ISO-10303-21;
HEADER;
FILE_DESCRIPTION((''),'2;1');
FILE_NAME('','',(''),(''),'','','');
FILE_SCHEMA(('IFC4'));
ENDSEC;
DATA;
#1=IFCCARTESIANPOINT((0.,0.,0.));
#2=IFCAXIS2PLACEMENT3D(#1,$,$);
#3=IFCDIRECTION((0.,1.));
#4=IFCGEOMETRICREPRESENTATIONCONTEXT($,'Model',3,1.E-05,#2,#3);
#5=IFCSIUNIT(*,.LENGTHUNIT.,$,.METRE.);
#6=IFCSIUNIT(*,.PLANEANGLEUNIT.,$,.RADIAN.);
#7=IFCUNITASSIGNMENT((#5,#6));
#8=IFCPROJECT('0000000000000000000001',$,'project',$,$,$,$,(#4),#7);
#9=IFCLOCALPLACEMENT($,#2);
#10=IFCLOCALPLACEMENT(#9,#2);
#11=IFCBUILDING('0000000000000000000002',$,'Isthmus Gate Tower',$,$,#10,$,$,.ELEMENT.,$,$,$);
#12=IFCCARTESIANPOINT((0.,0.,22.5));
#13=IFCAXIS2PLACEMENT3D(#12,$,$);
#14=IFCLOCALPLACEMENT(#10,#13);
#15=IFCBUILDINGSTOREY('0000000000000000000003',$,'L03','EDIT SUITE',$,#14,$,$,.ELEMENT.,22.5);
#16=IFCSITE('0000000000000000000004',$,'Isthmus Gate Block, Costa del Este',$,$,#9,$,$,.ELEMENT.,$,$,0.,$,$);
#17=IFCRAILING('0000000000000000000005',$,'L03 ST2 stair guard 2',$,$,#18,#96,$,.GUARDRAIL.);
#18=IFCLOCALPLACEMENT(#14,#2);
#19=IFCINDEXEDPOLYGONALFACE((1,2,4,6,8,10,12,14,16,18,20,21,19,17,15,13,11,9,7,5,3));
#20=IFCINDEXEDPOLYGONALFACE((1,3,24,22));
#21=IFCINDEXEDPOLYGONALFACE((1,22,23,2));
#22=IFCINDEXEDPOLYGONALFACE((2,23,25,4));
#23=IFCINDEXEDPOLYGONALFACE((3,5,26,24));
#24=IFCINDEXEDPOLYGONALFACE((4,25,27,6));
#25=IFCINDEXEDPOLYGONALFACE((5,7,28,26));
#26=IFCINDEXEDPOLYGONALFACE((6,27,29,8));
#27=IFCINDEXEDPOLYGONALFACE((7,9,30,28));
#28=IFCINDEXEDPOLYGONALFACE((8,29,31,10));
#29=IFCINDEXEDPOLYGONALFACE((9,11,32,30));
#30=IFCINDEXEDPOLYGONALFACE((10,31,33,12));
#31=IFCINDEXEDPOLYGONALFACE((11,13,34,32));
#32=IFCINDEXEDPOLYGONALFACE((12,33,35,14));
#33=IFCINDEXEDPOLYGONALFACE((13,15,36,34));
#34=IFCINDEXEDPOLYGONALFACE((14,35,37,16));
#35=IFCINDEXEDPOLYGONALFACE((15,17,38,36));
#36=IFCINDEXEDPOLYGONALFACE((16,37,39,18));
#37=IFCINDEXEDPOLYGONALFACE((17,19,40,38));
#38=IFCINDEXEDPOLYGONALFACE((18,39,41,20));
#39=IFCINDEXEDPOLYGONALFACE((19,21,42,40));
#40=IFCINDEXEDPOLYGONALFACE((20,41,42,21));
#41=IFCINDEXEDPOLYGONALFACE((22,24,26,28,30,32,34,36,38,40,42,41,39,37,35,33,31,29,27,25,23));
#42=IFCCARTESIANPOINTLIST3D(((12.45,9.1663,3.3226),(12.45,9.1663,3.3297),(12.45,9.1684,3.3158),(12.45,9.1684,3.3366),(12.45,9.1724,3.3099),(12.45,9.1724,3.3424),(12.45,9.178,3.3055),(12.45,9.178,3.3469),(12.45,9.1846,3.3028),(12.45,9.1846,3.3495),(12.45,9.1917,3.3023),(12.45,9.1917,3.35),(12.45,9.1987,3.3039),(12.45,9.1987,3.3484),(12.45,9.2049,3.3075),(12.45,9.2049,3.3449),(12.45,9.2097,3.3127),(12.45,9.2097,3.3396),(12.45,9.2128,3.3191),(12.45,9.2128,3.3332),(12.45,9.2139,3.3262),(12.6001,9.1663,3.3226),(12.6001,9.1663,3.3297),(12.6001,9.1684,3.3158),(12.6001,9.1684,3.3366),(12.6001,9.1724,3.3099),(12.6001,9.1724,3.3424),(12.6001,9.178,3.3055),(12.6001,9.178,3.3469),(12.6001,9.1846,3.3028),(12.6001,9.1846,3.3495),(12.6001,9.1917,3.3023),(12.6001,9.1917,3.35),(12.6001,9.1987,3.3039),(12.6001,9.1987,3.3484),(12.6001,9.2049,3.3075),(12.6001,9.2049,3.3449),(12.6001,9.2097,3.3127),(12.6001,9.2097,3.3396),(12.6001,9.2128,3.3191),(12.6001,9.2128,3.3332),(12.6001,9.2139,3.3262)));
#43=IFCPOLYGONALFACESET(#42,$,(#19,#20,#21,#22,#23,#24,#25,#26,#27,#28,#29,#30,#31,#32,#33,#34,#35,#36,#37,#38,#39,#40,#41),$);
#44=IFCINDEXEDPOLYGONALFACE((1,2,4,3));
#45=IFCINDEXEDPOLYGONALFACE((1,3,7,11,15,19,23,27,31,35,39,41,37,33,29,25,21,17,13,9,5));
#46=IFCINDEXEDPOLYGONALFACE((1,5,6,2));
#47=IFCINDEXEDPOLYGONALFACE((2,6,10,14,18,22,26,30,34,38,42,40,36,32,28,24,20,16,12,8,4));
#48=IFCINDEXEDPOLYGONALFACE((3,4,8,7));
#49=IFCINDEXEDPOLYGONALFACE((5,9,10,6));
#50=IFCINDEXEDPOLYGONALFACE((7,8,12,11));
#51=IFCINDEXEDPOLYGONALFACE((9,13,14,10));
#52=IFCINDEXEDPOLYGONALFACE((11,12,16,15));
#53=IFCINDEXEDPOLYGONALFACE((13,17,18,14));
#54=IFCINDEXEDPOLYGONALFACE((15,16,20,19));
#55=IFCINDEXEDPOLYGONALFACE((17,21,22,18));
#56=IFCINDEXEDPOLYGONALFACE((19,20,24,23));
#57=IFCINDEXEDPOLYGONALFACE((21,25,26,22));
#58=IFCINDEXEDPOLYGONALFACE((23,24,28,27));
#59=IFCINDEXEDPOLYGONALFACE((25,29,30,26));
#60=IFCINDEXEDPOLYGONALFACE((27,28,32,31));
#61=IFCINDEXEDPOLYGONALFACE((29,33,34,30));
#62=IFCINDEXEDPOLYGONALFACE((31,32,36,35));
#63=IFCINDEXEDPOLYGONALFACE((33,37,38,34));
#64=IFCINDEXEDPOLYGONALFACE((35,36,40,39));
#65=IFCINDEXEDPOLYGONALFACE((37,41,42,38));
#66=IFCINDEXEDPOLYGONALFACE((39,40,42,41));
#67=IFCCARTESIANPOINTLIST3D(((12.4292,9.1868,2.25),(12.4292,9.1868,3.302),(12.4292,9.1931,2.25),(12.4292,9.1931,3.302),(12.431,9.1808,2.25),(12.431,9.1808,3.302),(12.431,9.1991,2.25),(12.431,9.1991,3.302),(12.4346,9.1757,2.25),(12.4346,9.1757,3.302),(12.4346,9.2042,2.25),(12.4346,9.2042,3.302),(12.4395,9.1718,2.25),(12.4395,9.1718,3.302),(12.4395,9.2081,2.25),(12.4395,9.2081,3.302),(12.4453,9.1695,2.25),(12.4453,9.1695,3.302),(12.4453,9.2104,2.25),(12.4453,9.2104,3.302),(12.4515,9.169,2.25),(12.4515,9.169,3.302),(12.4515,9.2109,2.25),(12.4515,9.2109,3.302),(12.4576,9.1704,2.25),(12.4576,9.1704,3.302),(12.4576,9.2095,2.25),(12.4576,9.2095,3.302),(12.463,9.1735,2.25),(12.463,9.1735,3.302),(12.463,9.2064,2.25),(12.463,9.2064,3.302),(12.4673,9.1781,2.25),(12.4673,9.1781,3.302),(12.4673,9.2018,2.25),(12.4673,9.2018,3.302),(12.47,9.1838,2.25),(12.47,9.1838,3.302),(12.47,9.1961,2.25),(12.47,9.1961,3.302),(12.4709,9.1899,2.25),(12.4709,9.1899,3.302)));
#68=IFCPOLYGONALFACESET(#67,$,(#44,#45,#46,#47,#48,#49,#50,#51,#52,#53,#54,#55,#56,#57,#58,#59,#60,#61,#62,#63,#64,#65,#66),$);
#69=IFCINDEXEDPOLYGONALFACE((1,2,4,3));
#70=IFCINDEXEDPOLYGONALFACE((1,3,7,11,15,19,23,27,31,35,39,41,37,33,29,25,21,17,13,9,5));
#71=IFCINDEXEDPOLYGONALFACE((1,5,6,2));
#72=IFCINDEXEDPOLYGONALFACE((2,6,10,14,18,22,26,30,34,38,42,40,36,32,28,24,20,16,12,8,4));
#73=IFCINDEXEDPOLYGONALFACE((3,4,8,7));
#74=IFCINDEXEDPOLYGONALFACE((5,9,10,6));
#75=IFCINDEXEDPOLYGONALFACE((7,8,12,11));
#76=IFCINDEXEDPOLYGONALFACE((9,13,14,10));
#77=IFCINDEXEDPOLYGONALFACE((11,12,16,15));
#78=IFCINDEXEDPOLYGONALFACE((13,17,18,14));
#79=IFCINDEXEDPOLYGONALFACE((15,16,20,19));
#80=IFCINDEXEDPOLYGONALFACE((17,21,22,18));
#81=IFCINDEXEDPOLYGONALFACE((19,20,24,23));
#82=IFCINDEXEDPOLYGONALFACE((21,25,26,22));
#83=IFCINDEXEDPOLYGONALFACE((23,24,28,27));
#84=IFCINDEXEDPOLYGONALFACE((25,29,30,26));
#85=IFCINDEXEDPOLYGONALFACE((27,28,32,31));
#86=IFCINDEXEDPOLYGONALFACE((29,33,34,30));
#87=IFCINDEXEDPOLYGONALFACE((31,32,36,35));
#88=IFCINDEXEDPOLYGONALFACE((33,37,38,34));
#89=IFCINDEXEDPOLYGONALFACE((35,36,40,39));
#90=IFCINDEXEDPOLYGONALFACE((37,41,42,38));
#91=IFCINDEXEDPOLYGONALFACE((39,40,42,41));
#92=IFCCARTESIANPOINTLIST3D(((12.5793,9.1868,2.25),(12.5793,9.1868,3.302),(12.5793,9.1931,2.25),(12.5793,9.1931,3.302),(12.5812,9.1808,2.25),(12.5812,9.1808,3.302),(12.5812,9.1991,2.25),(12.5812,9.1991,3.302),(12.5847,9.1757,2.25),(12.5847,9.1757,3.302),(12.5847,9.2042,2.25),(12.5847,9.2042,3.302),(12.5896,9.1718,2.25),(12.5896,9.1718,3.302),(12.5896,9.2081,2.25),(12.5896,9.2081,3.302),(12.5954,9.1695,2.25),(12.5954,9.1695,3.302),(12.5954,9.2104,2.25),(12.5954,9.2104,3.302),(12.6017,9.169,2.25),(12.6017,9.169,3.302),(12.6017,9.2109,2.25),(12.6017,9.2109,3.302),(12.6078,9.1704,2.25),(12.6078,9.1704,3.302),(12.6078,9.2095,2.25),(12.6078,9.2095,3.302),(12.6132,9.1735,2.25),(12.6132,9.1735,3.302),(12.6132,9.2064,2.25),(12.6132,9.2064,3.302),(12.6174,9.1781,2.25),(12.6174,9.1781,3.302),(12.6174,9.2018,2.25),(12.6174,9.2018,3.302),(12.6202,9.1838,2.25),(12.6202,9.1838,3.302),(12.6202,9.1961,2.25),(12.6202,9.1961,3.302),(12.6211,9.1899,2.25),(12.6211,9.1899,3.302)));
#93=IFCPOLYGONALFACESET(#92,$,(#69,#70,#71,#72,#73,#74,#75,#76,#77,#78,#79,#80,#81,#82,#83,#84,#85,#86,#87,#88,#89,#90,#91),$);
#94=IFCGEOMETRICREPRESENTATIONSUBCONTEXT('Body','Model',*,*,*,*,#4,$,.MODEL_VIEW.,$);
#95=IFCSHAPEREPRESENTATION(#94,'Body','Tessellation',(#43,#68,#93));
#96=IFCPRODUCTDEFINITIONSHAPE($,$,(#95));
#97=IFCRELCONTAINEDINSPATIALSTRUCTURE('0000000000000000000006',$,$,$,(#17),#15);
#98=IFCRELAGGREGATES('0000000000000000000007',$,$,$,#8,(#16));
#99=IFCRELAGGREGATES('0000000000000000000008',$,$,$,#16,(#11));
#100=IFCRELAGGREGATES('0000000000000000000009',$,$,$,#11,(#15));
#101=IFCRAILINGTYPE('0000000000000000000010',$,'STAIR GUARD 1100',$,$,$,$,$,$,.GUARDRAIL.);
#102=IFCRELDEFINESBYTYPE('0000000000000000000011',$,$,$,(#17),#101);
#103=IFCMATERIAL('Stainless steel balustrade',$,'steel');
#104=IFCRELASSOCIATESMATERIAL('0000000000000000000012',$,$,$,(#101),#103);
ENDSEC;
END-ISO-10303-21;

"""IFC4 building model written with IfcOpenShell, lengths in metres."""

from ifc_helpers import new_model, si_unit, direction, frame, origin, origin_2d, place, context, subcontext, project, spatial, circle, extrude, material, type_object, element, save


model = new_model("IFC4")

# Units and contexts
model_context = context("Model", 3, precision=1e-05, world=origin(), true_north=direction((0.0, 1.0)))
body_context = subcontext(model_context, "Body", "Model", "MODEL_VIEW")
ifc_project = project(units=[si_unit("LENGTHUNIT", "METRE"), si_unit("PLANEANGLEUNIT", "RADIAN")], contexts=[model_context])

# Site, building, storey
site_placement = place(None, origin())
site = spatial("IfcSite", under=ifc_project, at=site_placement, Name="Isthmus Gate Block, Costa del Este", CompositionType="ELEMENT", RefElevation=0.0)
building_placement = place(site_placement, origin())
building = spatial("IfcBuilding", under=site, at=building_placement, Name="Isthmus Gate Tower", CompositionType="ELEMENT")
storey_placement = place(building_placement, frame((0.0, 0.0, 22.5)))
storey = spatial("IfcBuildingStorey", under=building, at=storey_placement, Name="L03", Description="EDIT SUITE", CompositionType="ELEMENT", Elevation=22.5)

# Railing
ifc_material_1 = material(Name="Stainless steel balustrade", Category="steel")
railing_type_1 = type_object("IfcRailingType", Name="STAIR GUARD 1100", PredefinedType="GUARDRAIL", material=ifc_material_1)
railing_1_placement = place(storey_placement, frame((12.45, 9.1899, 2.25)))
element("IfcRailing", 1, at=railing_1_placement, inside=storey, type_object=railing_type_1, Name="L03 ST2 stair guard 2", PredefinedType="GUARDRAIL", context=body_context, shape_type="SweptSolid", body=[
    extrude(circle(Radius=0.0239, at=origin_2d()), frame((0.0, 0.0, 1.0762), z_axis=(1.0, 0.0, 0.0), x_axis=(0.0, 1.0, 0.0)), (0.0, 0.0, 1.0), 0.1501),
    extrude(circle(Radius=0.021, at=origin_2d()), origin(), (0.0, 0.0, 1.0), 1.052),
    extrude(circle(Radius=0.021, at=origin_2d()), frame((0.1501, 0.0, 0.0)), (0.0, 0.0, 1.0), 1.052),
])

save(model, "model.ifc")
